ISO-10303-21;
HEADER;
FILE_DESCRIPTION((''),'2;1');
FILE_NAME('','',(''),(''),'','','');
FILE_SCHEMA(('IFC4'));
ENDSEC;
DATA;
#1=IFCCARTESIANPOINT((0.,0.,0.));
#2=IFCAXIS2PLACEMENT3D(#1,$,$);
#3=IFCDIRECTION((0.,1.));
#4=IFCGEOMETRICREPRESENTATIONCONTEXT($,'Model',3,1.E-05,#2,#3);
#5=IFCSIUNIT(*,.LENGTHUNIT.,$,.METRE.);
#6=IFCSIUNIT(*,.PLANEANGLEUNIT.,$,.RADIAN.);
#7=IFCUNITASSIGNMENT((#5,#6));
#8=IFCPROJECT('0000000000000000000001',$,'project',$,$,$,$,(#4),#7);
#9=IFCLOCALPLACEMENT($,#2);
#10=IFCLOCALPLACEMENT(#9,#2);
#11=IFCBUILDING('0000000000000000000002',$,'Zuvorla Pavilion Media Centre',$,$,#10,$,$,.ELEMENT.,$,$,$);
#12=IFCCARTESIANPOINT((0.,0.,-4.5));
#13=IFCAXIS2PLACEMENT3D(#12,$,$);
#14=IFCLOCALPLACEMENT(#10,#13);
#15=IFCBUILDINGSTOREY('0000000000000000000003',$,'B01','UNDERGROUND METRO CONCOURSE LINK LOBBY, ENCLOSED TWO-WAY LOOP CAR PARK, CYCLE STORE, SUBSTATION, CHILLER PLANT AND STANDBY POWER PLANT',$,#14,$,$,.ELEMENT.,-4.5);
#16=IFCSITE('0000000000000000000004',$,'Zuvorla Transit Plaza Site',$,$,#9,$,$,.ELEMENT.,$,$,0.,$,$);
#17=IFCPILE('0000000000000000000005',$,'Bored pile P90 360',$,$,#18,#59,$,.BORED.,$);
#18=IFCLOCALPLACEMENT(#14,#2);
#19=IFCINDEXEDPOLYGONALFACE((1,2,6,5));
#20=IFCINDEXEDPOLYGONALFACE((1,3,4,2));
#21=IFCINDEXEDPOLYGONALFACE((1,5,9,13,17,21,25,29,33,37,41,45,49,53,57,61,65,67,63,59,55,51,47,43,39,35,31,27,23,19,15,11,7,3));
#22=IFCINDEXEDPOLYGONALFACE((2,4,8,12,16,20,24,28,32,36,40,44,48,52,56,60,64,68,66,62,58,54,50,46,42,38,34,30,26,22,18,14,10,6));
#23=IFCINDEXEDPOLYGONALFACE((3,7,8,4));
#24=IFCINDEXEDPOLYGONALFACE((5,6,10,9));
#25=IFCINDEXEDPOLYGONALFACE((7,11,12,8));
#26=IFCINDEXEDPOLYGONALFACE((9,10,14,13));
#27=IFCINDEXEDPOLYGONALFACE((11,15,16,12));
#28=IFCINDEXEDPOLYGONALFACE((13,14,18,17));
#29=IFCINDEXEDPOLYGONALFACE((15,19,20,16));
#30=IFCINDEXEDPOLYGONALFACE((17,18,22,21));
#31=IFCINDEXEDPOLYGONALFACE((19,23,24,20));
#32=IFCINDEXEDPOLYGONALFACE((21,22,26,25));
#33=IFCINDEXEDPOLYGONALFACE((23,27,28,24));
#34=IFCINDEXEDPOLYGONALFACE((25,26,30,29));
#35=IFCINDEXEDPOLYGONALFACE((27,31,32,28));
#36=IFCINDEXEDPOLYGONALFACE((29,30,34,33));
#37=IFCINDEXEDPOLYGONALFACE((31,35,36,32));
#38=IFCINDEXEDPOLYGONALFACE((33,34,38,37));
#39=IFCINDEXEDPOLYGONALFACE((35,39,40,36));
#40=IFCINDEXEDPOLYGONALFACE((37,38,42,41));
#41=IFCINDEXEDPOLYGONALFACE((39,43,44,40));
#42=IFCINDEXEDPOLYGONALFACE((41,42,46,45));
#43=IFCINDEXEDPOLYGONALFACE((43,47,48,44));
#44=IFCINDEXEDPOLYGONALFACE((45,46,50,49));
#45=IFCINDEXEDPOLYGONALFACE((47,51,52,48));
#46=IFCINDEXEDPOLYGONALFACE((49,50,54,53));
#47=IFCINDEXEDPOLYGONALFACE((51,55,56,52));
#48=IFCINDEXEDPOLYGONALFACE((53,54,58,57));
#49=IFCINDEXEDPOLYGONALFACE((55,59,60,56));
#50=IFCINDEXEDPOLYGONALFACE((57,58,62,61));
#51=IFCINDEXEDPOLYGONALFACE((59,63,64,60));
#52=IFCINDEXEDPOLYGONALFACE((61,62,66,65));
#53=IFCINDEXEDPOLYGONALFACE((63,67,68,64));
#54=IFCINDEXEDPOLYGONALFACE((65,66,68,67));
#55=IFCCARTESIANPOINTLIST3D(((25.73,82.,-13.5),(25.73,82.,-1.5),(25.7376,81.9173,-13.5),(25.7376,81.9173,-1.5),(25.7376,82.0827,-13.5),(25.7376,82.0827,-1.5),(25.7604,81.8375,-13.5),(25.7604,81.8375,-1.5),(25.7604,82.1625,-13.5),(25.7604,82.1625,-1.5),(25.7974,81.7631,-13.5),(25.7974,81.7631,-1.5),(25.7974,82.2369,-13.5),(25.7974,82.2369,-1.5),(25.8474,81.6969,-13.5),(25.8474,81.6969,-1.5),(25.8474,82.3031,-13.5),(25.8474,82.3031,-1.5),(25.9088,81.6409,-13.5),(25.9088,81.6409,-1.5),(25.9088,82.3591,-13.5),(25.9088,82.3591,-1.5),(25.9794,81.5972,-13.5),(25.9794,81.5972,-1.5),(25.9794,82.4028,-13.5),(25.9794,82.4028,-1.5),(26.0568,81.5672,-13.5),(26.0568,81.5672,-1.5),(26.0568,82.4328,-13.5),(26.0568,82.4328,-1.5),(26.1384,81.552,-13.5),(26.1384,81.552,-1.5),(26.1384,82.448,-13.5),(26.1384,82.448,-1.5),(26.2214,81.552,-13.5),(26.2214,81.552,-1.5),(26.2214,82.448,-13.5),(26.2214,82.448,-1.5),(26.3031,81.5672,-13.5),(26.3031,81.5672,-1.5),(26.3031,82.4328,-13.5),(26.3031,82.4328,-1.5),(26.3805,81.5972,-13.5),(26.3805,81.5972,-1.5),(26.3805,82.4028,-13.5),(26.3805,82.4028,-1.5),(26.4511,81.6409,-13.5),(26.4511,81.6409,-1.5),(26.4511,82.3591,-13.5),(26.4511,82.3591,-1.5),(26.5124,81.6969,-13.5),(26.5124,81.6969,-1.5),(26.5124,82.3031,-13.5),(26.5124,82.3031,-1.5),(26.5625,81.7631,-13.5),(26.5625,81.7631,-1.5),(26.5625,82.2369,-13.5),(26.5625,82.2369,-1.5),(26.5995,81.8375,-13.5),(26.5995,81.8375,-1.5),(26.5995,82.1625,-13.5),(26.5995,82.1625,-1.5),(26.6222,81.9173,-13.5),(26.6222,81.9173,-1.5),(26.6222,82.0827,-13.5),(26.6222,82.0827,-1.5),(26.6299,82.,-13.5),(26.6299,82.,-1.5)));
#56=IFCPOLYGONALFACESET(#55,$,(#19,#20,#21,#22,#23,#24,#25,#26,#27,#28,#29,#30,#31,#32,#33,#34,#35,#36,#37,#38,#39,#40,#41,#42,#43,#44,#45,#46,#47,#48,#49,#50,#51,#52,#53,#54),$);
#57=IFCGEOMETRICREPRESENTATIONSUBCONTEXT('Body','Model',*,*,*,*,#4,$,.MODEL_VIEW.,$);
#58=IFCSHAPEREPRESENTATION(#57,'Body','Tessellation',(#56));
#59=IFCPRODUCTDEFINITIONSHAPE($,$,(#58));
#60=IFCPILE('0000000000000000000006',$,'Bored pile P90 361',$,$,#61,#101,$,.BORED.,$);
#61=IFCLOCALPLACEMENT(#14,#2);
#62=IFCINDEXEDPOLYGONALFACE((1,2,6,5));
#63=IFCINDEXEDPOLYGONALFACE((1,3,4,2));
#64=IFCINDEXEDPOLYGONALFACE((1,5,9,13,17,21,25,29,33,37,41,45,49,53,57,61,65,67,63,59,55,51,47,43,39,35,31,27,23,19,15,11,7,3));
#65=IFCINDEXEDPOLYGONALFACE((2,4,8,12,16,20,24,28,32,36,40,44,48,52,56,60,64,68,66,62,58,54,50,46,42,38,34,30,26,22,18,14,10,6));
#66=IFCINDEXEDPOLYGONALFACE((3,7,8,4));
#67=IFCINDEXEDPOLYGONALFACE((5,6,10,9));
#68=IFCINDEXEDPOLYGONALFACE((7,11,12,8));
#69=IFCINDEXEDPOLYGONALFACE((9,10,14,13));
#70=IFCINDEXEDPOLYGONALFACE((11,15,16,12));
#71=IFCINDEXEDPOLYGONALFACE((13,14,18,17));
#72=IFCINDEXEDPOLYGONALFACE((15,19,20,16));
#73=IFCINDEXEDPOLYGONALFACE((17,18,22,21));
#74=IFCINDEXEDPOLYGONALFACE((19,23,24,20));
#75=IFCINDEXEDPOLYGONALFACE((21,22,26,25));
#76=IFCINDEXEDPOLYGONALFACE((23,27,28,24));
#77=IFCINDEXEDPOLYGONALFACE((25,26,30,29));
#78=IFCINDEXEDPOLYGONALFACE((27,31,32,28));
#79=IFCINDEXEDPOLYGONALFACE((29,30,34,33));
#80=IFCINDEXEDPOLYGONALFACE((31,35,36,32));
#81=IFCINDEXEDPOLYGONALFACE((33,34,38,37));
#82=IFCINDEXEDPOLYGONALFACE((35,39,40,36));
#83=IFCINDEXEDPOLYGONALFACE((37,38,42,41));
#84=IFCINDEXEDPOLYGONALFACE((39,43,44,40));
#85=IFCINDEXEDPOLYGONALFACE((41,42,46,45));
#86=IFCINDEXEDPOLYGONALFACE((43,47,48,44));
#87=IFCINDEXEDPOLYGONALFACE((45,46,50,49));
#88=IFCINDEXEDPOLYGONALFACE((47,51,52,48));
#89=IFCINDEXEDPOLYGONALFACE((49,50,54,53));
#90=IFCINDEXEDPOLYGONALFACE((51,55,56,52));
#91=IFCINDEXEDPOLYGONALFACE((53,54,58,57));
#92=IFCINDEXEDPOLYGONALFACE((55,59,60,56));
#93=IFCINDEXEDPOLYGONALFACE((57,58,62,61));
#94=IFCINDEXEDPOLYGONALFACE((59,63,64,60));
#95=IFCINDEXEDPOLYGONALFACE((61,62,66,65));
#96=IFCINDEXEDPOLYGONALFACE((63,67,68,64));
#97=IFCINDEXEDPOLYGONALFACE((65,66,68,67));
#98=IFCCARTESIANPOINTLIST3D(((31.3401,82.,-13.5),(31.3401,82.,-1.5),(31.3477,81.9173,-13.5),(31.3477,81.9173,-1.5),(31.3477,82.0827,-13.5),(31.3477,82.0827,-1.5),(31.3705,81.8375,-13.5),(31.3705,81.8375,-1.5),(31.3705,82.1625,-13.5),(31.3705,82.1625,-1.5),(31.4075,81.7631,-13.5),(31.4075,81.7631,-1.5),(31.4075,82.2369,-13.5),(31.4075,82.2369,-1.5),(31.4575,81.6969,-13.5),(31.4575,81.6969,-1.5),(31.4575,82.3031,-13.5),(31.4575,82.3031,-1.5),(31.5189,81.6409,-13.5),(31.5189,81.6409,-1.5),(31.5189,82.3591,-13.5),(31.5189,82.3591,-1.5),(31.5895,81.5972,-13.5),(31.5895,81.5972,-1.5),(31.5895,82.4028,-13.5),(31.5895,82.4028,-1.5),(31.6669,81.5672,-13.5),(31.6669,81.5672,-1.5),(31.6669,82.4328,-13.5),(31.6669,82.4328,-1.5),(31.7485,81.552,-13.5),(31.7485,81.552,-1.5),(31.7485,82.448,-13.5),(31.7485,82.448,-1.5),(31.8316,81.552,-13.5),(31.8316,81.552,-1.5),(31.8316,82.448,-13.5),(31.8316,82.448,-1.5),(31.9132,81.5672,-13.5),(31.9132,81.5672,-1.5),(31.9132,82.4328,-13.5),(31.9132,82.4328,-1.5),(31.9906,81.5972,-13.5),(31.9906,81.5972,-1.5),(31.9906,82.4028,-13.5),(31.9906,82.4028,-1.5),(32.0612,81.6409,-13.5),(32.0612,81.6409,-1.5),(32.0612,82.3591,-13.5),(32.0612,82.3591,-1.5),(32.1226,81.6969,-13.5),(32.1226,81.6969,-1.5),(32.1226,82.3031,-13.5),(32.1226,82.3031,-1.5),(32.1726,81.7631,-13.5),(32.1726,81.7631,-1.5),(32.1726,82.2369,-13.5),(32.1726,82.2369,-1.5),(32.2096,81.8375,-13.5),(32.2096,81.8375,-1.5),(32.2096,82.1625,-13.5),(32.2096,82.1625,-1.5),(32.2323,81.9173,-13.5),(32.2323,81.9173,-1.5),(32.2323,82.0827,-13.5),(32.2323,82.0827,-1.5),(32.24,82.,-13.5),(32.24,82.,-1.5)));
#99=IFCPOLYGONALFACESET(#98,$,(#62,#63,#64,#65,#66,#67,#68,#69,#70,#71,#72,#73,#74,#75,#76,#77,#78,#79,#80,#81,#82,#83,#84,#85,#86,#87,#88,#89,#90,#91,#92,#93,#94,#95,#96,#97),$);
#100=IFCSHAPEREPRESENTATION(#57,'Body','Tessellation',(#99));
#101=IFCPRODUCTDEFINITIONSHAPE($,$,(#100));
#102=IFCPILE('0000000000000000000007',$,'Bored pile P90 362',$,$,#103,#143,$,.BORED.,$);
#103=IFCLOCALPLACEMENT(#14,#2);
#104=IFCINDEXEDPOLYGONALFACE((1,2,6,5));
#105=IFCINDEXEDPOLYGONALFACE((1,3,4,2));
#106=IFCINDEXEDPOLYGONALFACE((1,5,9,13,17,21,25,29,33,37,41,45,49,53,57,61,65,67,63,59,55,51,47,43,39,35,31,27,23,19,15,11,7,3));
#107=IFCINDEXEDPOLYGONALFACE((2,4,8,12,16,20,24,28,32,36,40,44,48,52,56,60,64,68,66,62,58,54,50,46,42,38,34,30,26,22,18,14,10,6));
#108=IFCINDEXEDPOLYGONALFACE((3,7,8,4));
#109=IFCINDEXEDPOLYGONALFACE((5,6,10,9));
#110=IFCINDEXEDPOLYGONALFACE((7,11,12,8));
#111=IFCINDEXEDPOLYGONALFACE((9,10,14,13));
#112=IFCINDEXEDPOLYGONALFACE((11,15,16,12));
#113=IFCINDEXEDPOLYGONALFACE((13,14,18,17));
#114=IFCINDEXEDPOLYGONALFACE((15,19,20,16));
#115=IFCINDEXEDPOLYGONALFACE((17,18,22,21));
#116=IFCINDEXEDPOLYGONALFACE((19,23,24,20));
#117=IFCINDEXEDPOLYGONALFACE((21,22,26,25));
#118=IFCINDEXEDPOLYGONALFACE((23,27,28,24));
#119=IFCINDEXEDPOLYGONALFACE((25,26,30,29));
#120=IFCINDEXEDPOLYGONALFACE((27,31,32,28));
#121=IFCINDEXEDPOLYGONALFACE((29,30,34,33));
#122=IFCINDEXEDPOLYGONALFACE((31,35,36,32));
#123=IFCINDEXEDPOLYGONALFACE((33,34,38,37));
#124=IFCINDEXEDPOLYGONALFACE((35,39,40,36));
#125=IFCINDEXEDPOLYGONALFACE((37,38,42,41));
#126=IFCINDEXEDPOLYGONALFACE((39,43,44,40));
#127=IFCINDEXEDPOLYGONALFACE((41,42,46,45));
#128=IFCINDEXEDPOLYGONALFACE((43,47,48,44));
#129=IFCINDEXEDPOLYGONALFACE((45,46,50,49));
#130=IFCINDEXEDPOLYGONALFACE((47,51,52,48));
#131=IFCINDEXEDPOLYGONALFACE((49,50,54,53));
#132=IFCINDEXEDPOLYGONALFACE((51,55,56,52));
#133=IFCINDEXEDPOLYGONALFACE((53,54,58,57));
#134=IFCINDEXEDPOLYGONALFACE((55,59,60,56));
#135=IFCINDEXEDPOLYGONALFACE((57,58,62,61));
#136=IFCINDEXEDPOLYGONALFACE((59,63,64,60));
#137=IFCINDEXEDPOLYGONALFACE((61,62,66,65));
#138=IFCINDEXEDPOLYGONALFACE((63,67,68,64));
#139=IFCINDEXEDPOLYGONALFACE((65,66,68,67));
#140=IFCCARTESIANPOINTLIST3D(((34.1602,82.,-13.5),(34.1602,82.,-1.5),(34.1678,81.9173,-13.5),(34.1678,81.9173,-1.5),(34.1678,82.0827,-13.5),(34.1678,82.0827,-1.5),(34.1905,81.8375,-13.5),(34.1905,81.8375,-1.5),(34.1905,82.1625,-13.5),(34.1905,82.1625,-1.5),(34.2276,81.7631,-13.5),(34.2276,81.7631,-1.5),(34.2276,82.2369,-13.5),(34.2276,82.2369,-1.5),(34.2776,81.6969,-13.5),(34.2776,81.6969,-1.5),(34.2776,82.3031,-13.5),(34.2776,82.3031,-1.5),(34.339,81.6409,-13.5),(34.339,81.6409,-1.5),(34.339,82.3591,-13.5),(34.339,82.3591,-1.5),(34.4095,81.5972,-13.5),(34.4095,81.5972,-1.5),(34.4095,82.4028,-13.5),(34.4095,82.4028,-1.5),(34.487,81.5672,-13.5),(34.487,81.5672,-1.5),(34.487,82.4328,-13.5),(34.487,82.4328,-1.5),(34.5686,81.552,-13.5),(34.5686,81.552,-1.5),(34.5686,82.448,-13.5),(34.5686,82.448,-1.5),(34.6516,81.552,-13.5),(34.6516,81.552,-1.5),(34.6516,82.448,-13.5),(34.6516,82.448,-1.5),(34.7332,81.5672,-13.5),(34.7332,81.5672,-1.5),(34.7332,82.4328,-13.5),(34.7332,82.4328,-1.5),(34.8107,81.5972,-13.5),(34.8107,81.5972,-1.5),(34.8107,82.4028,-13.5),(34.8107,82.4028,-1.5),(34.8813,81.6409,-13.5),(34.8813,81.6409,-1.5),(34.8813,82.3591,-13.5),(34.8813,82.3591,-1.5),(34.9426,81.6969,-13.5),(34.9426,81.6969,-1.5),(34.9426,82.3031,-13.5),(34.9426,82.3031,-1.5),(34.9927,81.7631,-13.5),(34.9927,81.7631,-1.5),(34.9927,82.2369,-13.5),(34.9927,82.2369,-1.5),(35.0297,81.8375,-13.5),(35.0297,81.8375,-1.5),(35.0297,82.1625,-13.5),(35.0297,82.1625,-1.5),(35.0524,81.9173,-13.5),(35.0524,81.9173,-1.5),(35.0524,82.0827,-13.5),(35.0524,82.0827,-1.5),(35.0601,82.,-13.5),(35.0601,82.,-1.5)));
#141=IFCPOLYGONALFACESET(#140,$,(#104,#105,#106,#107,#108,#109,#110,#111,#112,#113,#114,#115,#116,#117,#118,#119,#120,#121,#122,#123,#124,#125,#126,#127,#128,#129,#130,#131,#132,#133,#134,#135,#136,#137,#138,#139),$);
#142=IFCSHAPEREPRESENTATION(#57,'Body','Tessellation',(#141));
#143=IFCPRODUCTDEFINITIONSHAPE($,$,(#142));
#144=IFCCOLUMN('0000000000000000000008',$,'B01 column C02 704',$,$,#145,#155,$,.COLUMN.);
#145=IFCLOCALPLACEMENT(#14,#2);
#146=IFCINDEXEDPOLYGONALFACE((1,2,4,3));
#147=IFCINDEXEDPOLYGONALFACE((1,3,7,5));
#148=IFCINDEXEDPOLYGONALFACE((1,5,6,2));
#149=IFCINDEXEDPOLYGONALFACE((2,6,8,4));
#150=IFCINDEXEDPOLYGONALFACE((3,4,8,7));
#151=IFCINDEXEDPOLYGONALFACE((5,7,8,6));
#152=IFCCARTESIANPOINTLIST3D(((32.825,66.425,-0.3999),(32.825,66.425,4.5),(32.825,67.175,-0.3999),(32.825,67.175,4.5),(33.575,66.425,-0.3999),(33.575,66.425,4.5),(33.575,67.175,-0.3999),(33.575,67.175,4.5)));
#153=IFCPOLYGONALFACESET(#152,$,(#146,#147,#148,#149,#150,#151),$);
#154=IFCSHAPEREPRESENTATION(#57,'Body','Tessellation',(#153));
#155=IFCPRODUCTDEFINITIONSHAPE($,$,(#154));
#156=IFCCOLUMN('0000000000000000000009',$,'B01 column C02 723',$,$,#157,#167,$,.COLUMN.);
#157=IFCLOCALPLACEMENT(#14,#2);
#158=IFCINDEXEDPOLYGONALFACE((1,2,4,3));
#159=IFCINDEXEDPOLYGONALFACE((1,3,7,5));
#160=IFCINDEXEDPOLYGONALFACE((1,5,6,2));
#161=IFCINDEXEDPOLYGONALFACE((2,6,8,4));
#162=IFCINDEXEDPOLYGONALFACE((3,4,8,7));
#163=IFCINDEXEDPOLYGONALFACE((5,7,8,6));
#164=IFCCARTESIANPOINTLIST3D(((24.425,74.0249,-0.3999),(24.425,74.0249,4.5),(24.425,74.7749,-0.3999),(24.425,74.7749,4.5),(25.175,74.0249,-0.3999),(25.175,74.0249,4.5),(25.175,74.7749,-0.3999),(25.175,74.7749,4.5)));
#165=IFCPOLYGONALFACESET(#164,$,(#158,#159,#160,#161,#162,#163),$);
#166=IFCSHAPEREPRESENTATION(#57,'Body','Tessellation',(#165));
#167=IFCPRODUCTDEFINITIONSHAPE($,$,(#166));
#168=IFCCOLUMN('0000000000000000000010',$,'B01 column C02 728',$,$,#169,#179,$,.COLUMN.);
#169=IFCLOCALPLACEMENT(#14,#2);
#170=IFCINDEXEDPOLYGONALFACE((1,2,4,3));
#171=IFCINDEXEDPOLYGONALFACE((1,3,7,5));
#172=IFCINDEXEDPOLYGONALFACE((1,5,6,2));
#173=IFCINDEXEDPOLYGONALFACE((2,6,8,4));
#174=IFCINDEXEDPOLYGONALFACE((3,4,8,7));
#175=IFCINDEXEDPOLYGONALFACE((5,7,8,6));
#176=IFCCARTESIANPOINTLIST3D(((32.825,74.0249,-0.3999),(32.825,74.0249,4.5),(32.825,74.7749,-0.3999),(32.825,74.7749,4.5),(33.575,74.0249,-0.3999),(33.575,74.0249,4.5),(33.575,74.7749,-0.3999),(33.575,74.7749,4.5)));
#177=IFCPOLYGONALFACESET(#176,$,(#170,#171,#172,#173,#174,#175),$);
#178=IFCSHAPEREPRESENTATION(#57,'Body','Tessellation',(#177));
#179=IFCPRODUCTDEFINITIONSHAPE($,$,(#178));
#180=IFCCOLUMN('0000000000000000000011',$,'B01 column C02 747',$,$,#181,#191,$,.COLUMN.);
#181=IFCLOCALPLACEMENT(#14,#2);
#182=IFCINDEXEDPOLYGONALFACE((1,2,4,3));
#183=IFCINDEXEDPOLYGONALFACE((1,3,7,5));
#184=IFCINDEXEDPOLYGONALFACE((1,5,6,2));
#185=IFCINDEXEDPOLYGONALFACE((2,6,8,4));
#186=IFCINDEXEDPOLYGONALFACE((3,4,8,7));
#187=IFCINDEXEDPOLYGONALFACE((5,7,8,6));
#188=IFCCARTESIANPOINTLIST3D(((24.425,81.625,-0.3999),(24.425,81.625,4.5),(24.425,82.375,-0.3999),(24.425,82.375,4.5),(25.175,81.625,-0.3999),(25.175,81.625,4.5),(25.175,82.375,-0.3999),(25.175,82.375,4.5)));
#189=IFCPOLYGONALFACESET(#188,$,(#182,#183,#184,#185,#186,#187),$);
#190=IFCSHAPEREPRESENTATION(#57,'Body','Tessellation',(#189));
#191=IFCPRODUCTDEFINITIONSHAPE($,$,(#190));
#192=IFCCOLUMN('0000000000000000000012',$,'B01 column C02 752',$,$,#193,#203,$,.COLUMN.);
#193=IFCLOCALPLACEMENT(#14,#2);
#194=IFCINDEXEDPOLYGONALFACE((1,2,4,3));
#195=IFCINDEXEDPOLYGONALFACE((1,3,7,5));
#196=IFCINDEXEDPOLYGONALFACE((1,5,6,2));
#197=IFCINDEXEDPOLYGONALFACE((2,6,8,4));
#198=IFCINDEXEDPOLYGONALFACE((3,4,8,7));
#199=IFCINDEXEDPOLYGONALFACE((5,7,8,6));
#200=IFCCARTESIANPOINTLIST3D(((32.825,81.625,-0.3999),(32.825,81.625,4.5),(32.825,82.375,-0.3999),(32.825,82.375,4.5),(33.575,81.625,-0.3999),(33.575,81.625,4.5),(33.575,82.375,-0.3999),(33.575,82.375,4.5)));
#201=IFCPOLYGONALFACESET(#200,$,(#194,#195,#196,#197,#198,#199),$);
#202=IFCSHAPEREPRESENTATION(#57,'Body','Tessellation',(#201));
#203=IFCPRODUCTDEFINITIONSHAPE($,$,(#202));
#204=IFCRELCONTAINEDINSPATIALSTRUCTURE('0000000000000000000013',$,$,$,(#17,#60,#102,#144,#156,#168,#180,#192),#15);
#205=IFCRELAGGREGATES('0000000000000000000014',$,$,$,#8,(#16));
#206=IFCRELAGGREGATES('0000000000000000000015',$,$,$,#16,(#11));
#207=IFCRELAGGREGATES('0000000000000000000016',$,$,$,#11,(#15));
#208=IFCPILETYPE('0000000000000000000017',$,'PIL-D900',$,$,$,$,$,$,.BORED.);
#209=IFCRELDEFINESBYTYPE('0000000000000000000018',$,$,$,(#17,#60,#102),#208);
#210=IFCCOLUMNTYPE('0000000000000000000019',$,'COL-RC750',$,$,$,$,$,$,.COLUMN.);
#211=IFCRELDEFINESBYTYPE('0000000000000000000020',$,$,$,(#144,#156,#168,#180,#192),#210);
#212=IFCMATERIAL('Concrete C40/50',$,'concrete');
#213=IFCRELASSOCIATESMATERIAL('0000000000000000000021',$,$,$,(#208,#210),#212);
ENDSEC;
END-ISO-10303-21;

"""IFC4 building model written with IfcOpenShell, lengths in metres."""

from ifc_helpers import new_model, si_unit, direction, frame, origin, origin_2d, place, context, subcontext, project, spatial, rectangle, circle, extrude, material, material_profile, profile_set, type_object, element, save


model = new_model("IFC4")

# Units and contexts
model_context = context("Model", 3, precision=1e-05, world=origin(), true_north=direction((0.0, 1.0)))
body_context = subcontext(model_context, "Body", "Model", "MODEL_VIEW")
ifc_project = project(units=[si_unit("LENGTHUNIT", "METRE"), si_unit("PLANEANGLEUNIT", "RADIAN")], contexts=[model_context])

# Site, building, storey
site_placement = place(None, origin())
site = spatial("IfcSite", under=ifc_project, at=site_placement, Name="Zuvorla Transit Plaza Site", CompositionType="ELEMENT", RefElevation=0.0)
building_placement = place(site_placement, origin())
building = spatial("IfcBuilding", under=site, at=building_placement, Name="Zuvorla Pavilion Media Centre", CompositionType="ELEMENT")
storey_placement = place(building_placement, frame((0.0, 0.0, -4.5)))
storey = spatial("IfcBuildingStorey", under=building, at=storey_placement, Name="B01", Description="UNDERGROUND METRO CONCOURSE LINK LOBBY, ENCLOSED TWO-WAY LOOP CAR PARK, CYCLE STORE, SUBSTATION, CHILLER PLANT AND STANDBY POWER PLANT", CompositionType="ELEMENT", Elevation=-4.5)

# Shared definitions
ifc_material = material(Name="Concrete C40/50", Category="concrete")

# Piles
ifc_material_profile_1 = material_profile(ifc_material, circle(Radius=0.45, at=origin_2d()), Name="BORED PILE 900")
ifc_profile_set_1 = profile_set([ifc_material_profile_1], Name="Concrete C40/50")
pile_type_1 = type_object("IfcPileType", Name="PIL-D900", PredefinedType="BORED", material=ifc_profile_set_1)
for number, where, z_axis, x_axis, name in (
    (1, (26.1799, 82.0, -1.5), (0.0, 0.0, -1.0), (1.0, 0.0, 0.0), "Bored pile P90 360"),
    (2, (31.79, 82.0, -1.5), (0.0, 0.0, -1.0), (1.0, 0.0, 0.0), "Bored pile P90 361"),
    (3, (34.6101, 82.0, -1.5), (0.0, 0.0, -1.0), (1.0, 0.0, 0.0), "Bored pile P90 362"),
):
    element("IfcPile", number, at=place(storey_placement, frame(where, z_axis=z_axis, x_axis=x_axis)), inside=storey, type_object=pile_type_1, Name=name, PredefinedType="BORED", context=body_context, shape_type="SweptSolid", body=[
        extrude(circle(Radius=0.45, at=origin_2d()), origin(), (0.0, 0.0, 1.0), 12.0),
    ])

# Columns
ifc_material_profile_2 = material_profile(ifc_material, rectangle(XDim=0.75, YDim=0.75, at=origin_2d()), Name="RC 750x750")
ifc_profile_set_2 = profile_set([ifc_material_profile_2], Name="Concrete C40/50")
column_type = type_object("IfcColumnType", Name="COL-RC750", PredefinedType="COLUMN", material=ifc_profile_set_2)
for number, where, z_axis, x_axis, name in (
    (4, (33.2, 66.8, -0.3999), (0.0, 0.0, 1.0), (1.0, 0.0, 0.0), "B01 column C02 704"),
    (5, (24.8, 74.3999, -0.3999), (0.0, 0.0, 1.0), (1.0, 0.0, 0.0), "B01 column C02 723"),
    (6, (33.2, 74.3999, -0.3999), (0.0, 0.0, 1.0), (1.0, 0.0, 0.0), "B01 column C02 728"),
    (7, (24.8, 82.0, -0.3999), (0.0, 0.0, 1.0), (1.0, 0.0, 0.0), "B01 column C02 747"),
    (8, (33.2, 82.0, -0.3999), (0.0, 0.0, 1.0), (1.0, 0.0, 0.0), "B01 column C02 752"),
):
    element("IfcColumn", number, at=place(storey_placement, frame(where, z_axis=z_axis, x_axis=x_axis)), inside=storey, type_object=column_type, Name=name, PredefinedType="COLUMN", context=body_context, shape_type="SweptSolid", body=[
        extrude(rectangle(XDim=0.75, YDim=0.75, at=origin_2d()), origin(), (0.0, 0.0, 1.0), 4.8999),
    ])

save(model, "model.ifc")
